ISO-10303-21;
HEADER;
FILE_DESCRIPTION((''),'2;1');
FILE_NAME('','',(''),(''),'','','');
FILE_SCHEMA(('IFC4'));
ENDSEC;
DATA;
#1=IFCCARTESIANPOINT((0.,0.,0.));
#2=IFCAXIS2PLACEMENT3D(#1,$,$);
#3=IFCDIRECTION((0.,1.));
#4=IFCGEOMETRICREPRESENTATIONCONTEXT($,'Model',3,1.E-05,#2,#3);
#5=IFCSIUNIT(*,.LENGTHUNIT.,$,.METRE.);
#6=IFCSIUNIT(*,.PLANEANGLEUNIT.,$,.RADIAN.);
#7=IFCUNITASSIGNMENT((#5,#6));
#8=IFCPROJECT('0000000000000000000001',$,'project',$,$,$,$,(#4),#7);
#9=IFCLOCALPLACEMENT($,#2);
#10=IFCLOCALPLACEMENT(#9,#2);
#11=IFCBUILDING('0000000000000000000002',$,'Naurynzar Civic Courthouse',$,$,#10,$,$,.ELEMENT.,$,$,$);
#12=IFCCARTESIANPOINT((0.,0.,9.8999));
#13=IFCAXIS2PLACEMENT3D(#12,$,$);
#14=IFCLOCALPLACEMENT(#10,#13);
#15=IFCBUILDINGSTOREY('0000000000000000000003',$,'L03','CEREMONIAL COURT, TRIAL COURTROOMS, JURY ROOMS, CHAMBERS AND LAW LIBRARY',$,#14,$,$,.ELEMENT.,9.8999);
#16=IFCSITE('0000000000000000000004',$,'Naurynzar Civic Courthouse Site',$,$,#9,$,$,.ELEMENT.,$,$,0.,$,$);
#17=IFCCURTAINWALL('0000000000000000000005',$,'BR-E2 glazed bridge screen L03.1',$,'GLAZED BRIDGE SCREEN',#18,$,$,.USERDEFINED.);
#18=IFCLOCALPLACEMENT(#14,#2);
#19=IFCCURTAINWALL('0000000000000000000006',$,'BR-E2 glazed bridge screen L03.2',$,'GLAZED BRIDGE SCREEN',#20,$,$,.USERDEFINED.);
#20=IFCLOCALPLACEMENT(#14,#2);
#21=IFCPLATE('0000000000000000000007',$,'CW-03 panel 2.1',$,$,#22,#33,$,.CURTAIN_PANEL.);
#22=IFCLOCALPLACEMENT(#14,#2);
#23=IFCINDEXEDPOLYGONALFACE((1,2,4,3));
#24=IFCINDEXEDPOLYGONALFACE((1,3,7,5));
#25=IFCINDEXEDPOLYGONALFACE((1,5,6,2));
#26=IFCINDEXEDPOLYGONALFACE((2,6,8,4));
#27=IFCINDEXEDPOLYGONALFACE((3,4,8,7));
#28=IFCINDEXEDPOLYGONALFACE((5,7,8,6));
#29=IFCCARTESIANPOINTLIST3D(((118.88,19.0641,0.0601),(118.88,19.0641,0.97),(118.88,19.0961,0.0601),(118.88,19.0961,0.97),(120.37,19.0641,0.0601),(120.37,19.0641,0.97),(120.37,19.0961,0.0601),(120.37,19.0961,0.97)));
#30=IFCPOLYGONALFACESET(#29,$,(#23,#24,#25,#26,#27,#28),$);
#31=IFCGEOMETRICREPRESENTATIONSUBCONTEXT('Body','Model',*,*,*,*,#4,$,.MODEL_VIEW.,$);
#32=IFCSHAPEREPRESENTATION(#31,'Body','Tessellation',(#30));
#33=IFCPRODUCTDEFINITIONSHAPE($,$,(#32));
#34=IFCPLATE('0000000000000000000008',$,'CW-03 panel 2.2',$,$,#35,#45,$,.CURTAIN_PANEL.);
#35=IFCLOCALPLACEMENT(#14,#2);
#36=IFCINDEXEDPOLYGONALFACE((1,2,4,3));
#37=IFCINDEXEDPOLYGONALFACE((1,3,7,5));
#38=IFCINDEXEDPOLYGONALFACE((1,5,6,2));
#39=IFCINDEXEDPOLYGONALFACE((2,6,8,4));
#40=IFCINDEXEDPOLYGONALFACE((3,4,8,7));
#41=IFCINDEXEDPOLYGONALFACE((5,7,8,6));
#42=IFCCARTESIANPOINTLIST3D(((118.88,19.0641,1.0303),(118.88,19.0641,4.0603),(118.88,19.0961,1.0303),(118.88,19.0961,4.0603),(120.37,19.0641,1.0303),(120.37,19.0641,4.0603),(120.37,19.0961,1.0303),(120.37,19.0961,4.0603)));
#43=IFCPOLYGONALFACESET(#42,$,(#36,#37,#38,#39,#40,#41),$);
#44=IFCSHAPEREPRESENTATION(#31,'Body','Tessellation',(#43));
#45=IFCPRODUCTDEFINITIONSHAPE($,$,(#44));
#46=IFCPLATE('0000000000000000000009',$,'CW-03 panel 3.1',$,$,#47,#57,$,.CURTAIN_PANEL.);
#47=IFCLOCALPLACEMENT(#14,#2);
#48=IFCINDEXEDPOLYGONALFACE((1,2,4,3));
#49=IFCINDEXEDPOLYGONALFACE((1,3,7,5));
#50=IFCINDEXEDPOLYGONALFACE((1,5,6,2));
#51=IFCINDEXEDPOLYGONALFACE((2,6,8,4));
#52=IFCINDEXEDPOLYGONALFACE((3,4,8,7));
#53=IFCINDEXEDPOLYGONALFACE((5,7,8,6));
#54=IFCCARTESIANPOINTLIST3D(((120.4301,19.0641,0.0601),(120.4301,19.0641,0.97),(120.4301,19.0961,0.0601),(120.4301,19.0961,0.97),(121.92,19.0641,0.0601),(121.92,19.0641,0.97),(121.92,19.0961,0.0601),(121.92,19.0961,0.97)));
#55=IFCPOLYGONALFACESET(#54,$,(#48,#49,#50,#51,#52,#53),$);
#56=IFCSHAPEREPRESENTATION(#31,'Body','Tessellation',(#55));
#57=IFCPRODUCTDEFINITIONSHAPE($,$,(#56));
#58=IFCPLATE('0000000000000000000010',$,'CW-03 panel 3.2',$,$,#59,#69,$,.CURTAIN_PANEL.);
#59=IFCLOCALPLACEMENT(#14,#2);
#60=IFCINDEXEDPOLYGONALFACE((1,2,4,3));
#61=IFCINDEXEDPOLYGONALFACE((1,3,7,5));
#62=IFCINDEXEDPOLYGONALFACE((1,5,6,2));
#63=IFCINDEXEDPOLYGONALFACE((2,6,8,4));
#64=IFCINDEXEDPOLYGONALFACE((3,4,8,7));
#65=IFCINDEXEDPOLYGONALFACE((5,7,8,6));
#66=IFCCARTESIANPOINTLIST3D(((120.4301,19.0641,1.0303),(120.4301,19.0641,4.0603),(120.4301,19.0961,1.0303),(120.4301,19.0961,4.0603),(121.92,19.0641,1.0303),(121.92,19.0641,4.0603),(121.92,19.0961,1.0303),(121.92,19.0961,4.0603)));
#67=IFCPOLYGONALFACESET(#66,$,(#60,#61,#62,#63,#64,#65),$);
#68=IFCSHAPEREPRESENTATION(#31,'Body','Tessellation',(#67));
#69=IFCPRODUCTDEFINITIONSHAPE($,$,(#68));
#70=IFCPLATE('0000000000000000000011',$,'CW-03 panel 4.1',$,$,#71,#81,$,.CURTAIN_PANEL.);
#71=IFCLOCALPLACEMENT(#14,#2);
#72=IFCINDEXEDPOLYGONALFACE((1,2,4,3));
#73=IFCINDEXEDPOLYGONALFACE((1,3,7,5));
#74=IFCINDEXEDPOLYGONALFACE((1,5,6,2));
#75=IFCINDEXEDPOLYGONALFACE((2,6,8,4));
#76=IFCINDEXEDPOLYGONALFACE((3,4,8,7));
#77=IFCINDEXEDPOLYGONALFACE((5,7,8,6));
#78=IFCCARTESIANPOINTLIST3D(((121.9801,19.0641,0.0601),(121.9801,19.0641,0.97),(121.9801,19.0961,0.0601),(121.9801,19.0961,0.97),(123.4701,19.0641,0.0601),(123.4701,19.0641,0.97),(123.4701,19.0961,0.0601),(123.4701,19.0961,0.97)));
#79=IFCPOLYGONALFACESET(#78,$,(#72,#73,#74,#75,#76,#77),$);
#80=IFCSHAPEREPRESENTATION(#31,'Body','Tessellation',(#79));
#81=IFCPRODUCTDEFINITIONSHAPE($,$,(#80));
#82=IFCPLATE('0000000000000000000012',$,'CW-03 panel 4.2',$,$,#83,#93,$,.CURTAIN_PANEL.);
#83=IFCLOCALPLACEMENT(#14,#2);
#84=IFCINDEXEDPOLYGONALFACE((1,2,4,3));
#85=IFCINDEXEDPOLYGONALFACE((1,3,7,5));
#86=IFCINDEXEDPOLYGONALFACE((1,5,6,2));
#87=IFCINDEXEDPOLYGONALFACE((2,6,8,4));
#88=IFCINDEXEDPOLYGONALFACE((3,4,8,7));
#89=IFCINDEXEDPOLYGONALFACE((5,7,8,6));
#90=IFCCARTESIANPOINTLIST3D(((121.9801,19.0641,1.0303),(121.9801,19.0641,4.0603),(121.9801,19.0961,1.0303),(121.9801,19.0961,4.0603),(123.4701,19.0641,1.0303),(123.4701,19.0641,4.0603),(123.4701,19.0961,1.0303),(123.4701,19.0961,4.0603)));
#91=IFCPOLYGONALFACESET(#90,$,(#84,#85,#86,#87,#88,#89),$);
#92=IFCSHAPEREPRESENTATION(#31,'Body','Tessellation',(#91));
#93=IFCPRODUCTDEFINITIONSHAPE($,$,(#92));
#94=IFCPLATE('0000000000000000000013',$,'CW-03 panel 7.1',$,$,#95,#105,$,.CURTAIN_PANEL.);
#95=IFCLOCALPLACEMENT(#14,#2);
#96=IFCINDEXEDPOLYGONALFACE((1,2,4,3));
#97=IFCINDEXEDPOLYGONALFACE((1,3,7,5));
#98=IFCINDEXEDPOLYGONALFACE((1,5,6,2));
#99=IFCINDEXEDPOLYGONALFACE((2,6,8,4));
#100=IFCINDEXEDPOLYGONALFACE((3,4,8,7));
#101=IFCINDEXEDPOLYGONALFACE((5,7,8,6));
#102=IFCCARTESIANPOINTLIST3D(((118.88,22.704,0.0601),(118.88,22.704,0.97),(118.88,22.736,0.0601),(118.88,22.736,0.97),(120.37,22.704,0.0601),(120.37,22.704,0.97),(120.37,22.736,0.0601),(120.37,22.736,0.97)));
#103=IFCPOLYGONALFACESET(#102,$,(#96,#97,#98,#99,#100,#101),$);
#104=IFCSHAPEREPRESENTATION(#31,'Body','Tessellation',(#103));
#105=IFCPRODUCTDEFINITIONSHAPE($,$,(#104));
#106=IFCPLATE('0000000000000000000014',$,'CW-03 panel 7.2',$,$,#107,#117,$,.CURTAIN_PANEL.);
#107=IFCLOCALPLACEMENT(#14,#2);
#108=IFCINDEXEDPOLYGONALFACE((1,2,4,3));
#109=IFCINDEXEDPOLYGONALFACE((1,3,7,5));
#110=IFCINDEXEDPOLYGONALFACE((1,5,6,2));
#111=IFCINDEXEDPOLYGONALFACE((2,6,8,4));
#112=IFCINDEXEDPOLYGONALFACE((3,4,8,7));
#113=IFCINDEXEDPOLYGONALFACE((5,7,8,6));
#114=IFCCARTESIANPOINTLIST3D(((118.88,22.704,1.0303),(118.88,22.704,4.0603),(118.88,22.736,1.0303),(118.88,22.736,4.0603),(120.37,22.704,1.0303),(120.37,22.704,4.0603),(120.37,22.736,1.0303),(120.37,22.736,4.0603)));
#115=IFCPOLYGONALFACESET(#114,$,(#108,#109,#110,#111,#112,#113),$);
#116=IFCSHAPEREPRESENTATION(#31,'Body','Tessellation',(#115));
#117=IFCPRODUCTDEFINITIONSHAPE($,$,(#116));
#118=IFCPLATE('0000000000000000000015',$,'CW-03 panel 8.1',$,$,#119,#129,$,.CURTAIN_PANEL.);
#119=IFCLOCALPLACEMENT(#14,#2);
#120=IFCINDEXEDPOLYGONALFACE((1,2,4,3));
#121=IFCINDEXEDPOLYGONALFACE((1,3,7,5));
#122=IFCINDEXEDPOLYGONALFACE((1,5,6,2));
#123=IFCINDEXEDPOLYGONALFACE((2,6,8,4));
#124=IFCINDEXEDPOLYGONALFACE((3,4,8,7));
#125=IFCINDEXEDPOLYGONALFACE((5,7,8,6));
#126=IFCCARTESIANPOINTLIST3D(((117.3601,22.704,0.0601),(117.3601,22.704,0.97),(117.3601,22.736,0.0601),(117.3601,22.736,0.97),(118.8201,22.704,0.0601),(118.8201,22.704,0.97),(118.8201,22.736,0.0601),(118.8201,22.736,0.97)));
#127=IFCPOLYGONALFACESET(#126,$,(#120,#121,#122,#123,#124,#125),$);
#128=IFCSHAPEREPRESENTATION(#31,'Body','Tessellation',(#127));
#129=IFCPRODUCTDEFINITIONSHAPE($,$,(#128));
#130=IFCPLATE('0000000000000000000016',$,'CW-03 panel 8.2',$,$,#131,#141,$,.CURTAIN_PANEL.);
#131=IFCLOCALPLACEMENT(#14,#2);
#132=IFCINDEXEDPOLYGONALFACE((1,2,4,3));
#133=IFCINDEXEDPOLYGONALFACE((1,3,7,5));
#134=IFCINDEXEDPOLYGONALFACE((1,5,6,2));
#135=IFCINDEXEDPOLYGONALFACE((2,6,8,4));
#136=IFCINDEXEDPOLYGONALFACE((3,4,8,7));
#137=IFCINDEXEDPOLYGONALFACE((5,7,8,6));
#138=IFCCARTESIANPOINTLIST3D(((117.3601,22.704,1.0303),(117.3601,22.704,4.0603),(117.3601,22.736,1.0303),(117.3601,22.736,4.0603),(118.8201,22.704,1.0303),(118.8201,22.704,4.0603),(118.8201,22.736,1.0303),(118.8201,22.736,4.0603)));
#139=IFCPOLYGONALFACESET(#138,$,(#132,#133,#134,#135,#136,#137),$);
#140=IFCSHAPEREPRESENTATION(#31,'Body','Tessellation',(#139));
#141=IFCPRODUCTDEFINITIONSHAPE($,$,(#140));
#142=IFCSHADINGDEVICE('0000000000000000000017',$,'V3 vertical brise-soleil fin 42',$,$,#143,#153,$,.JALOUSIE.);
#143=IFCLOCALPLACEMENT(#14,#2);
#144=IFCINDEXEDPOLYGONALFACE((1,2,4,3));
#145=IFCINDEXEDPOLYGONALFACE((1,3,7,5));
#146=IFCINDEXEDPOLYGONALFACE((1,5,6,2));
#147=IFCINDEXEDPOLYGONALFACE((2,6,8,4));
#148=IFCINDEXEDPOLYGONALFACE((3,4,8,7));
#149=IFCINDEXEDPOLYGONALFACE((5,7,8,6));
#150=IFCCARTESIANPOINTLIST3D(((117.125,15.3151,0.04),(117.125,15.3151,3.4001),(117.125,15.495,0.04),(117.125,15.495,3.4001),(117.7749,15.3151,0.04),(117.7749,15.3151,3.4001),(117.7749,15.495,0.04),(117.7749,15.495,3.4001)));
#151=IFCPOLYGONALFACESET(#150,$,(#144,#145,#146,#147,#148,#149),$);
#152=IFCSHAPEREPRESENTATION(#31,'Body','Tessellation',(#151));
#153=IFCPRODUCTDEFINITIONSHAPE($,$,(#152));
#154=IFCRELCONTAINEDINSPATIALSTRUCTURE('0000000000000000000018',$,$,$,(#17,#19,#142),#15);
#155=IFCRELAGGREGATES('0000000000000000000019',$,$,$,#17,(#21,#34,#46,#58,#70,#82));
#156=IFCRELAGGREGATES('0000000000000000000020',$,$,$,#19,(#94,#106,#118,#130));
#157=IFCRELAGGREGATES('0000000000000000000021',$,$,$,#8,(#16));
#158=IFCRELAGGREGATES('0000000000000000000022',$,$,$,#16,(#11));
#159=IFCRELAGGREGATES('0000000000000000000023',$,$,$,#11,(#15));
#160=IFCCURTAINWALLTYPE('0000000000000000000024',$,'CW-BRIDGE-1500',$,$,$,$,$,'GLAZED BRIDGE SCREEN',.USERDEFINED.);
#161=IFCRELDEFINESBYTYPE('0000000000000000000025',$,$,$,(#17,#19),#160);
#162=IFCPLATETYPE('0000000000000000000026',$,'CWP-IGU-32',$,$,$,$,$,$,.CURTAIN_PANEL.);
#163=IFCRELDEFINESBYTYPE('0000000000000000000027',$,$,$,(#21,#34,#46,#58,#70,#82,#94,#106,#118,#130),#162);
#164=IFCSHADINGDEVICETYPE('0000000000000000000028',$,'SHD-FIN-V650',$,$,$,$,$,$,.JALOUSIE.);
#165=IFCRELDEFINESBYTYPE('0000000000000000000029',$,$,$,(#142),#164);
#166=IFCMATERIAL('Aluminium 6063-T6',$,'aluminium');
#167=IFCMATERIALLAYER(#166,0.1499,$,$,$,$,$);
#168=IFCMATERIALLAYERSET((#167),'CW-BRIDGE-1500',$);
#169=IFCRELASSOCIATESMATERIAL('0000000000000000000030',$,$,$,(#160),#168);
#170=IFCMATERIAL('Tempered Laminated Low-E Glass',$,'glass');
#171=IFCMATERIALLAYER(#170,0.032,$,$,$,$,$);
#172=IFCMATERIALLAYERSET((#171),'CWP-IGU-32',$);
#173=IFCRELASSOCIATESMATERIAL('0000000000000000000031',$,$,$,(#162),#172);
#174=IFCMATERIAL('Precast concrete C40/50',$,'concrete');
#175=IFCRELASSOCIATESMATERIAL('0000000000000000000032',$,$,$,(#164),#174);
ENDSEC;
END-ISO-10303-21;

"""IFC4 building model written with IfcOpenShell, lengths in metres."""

from ifc_helpers import new_model, si_unit, direction, frame, origin, origin_2d, place, context, subcontext, project, spatial, rectangle, extrude, material, layer, layer_set, type_object, element, aggregate, save


model = new_model("IFC4")

# Units and contexts
model_context = context("Model", 3, precision=1e-05, world=origin(), true_north=direction((0.0, 1.0)))
body_context = subcontext(model_context, "Body", "Model", "MODEL_VIEW")
ifc_project = project(units=[si_unit("LENGTHUNIT", "METRE"), si_unit("PLANEANGLEUNIT", "RADIAN")], contexts=[model_context])

# Site, building, storey
site_placement = place(None, origin())
site = spatial("IfcSite", under=ifc_project, at=site_placement, Name="Naurynzar Civic Courthouse Site", CompositionType="ELEMENT", RefElevation=0.0)
building_placement = place(site_placement, origin())
building = spatial("IfcBuilding", under=site, at=building_placement, Name="Naurynzar Civic Courthouse", CompositionType="ELEMENT")
storey_placement = place(building_placement, frame((0.0, 0.0, 9.8999)))
storey = spatial("IfcBuildingStorey", under=building, at=storey_placement, Name="L03", Description="CEREMONIAL COURT, TRIAL COURTROOMS, JURY ROOMS, CHAMBERS AND LAW LIBRARY", CompositionType="ELEMENT", Elevation=9.8999)

# Curtain walls
ifc_material_1 = material(Name="Aluminium 6063-T6", Category="aluminium")
ifc_layer_1 = layer(ifc_material_1, 0.1499)
ifc_layer_set_1 = layer_set([ifc_layer_1], Name="CW-BRIDGE-1500")
curtain_wall_type = type_object("IfcCurtainWallType", Name="CW-BRIDGE-1500", ElementType="GLAZED BRIDGE SCREEN", PredefinedType="USERDEFINED", material=ifc_layer_set_1)
curtain_wall_1_placement = place(storey_placement, origin())
curtain_wall_1 = element("IfcCurtainWall", 1, at=curtain_wall_1_placement, inside=storey, type_object=curtain_wall_type, Name="BR-E2 glazed bridge screen L03.1", ObjectType="GLAZED BRIDGE SCREEN", PredefinedType="USERDEFINED")
curtain_wall_2_placement = place(storey_placement, origin())
curtain_wall_2 = element("IfcCurtainWall", 2, at=curtain_wall_2_placement, inside=storey, type_object=curtain_wall_type, Name="BR-E2 glazed bridge screen L03.2", ObjectType="GLAZED BRIDGE SCREEN", PredefinedType="USERDEFINED")

# Plates
ifc_material_2 = material(Name="Tempered Laminated Low-E Glass", Category="glass")
ifc_layer_2 = layer(ifc_material_2, 0.032)
ifc_layer_set_2 = layer_set([ifc_layer_2], Name="CWP-IGU-32")
plate_type = type_object("IfcPlateType", Name="CWP-IGU-32", PredefinedType="CURTAIN_PANEL", material=ifc_layer_set_2)
plate_1_placement = place(storey_placement, frame((119.625, 19.0801, 0.0601), z_axis=(0.0, 0.0, 1.0), x_axis=(1.0, 0.0, 0.0)))
plate_1 = element("IfcPlate", 3, at=plate_1_placement, type_object=plate_type, Name="CW-03 panel 2.1", PredefinedType="CURTAIN_PANEL", context=body_context, shape_type="SweptSolid", body=[
    extrude(rectangle(XDim=1.49, YDim=0.032, at=origin_2d()), origin(), (0.0, 0.0, 1.0), 0.9099),
])
plate_2_placement = place(storey_placement, frame((119.625, 19.0801, 1.0303), z_axis=(0.0, 0.0, 1.0), x_axis=(1.0, 0.0, 0.0)))
plate_2 = element("IfcPlate", 4, at=plate_2_placement, type_object=plate_type, Name="CW-03 panel 2.2", PredefinedType="CURTAIN_PANEL", context=body_context, shape_type="SweptSolid", body=[
    extrude(rectangle(XDim=1.49, YDim=0.032, at=origin_2d()), origin(), (0.0, 0.0, 1.0), 3.03),
])
plate_3_placement = place(storey_placement, frame((121.175, 19.0801, 0.0601), z_axis=(0.0, 0.0, 1.0), x_axis=(1.0, 0.0, 0.0)))
plate_3 = element("IfcPlate", 5, at=plate_3_placement, type_object=plate_type, Name="CW-03 panel 3.1", PredefinedType="CURTAIN_PANEL", context=body_context, shape_type="SweptSolid", body=[
    extrude(rectangle(XDim=1.49, YDim=0.032, at=origin_2d()), origin(), (0.0, 0.0, 1.0), 0.9099),
])
plate_4_placement = place(storey_placement, frame((121.175, 19.0801, 1.0303), z_axis=(0.0, 0.0, 1.0), x_axis=(1.0, 0.0, 0.0)))
plate_4 = element("IfcPlate", 6, at=plate_4_placement, type_object=plate_type, Name="CW-03 panel 3.2", PredefinedType="CURTAIN_PANEL", context=body_context, shape_type="SweptSolid", body=[
    extrude(rectangle(XDim=1.49, YDim=0.032, at=origin_2d()), origin(), (0.0, 0.0, 1.0), 3.03),
])
plate_5_placement = place(storey_placement, frame((122.7251, 19.0801, 0.0601), z_axis=(0.0, 0.0, 1.0), x_axis=(1.0, 0.0, 0.0)))
plate_5 = element("IfcPlate", 7, at=plate_5_placement, type_object=plate_type, Name="CW-03 panel 4.1", PredefinedType="CURTAIN_PANEL", context=body_context, shape_type="SweptSolid", body=[
    extrude(rectangle(XDim=1.49, YDim=0.032, at=origin_2d()), origin(), (0.0, 0.0, 1.0), 0.9099),
])
plate_6_placement = place(storey_placement, frame((122.7251, 19.0801, 1.0303), z_axis=(0.0, 0.0, 1.0), x_axis=(1.0, 0.0, 0.0)))
plate_6 = element("IfcPlate", 8, at=plate_6_placement, type_object=plate_type, Name="CW-03 panel 4.2", PredefinedType="CURTAIN_PANEL", context=body_context, shape_type="SweptSolid", body=[
    extrude(rectangle(XDim=1.49, YDim=0.032, at=origin_2d()), origin(), (0.0, 0.0, 1.0), 3.03),
])
aggregate(curtain_wall_1, [plate_1, plate_2, plate_3, plate_4, plate_5, plate_6])
plate_7_placement = place(storey_placement, frame((119.625, 22.72, 0.0601), z_axis=(0.0, 0.0, 1.0), x_axis=(-1.0, 0.0, 0.0)))
plate_7 = element("IfcPlate", 9, at=plate_7_placement, type_object=plate_type, Name="CW-03 panel 7.1", PredefinedType="CURTAIN_PANEL", context=body_context, shape_type="SweptSolid", body=[
    extrude(rectangle(XDim=1.49, YDim=0.032, at=origin_2d()), origin(), (0.0, 0.0, 1.0), 0.9099),
])
plate_8_placement = place(storey_placement, frame((119.625, 22.72, 1.0303), z_axis=(0.0, 0.0, 1.0), x_axis=(-1.0, 0.0, 0.0)))
plate_8 = element("IfcPlate", 10, at=plate_8_placement, type_object=plate_type, Name="CW-03 panel 7.2", PredefinedType="CURTAIN_PANEL", context=body_context, shape_type="SweptSolid", body=[
    extrude(rectangle(XDim=1.49, YDim=0.032, at=origin_2d()), origin(), (0.0, 0.0, 1.0), 3.03),
])
plate_9_placement = place(storey_placement, frame((118.0901, 22.72, 0.0601), z_axis=(0.0, 0.0, 1.0), x_axis=(-1.0, 0.0, 0.0)))
plate_9 = element("IfcPlate", 11, at=plate_9_placement, type_object=plate_type, Name="CW-03 panel 8.1", PredefinedType="CURTAIN_PANEL", context=body_context, shape_type="SweptSolid", body=[
    extrude(rectangle(XDim=1.46, YDim=0.032, at=origin_2d()), origin(), (0.0, 0.0, 1.0), 0.9099),
])
plate_10_placement = place(storey_placement, frame((118.0901, 22.72, 1.0303), z_axis=(0.0, 0.0, 1.0), x_axis=(-1.0, 0.0, 0.0)))
plate_10 = element("IfcPlate", 12, at=plate_10_placement, type_object=plate_type, Name="CW-03 panel 8.2", PredefinedType="CURTAIN_PANEL", context=body_context, shape_type="SweptSolid", body=[
    extrude(rectangle(XDim=1.46, YDim=0.032, at=origin_2d()), origin(), (0.0, 0.0, 1.0), 3.03),
])
aggregate(curtain_wall_2, [plate_7, plate_8, plate_9, plate_10])

# Shading device
ifc_material_3 = material(Name="Precast concrete C40/50", Category="concrete")
shading_device_type = type_object("IfcShadingDeviceType", Name="SHD-FIN-V650", PredefinedType="JALOUSIE", material=ifc_material_3)
shading_device_placement = place(storey_placement, frame((117.45, 15.405, 0.04), z_axis=(0.0, 0.0, 1.0), x_axis=(0.0, -1.0, 0.0)))
element("IfcShadingDevice", 13, at=shading_device_placement, inside=storey, type_object=shading_device_type, Name="V3 vertical brise-soleil fin 42", PredefinedType="JALOUSIE", context=body_context, shape_type="SweptSolid", body=[
    extrude(rectangle(XDim=0.1799, YDim=0.6499, at=origin_2d()), origin(), (0.0, 0.0, 1.0), 3.3601),
])

save(model, "model.ifc")
